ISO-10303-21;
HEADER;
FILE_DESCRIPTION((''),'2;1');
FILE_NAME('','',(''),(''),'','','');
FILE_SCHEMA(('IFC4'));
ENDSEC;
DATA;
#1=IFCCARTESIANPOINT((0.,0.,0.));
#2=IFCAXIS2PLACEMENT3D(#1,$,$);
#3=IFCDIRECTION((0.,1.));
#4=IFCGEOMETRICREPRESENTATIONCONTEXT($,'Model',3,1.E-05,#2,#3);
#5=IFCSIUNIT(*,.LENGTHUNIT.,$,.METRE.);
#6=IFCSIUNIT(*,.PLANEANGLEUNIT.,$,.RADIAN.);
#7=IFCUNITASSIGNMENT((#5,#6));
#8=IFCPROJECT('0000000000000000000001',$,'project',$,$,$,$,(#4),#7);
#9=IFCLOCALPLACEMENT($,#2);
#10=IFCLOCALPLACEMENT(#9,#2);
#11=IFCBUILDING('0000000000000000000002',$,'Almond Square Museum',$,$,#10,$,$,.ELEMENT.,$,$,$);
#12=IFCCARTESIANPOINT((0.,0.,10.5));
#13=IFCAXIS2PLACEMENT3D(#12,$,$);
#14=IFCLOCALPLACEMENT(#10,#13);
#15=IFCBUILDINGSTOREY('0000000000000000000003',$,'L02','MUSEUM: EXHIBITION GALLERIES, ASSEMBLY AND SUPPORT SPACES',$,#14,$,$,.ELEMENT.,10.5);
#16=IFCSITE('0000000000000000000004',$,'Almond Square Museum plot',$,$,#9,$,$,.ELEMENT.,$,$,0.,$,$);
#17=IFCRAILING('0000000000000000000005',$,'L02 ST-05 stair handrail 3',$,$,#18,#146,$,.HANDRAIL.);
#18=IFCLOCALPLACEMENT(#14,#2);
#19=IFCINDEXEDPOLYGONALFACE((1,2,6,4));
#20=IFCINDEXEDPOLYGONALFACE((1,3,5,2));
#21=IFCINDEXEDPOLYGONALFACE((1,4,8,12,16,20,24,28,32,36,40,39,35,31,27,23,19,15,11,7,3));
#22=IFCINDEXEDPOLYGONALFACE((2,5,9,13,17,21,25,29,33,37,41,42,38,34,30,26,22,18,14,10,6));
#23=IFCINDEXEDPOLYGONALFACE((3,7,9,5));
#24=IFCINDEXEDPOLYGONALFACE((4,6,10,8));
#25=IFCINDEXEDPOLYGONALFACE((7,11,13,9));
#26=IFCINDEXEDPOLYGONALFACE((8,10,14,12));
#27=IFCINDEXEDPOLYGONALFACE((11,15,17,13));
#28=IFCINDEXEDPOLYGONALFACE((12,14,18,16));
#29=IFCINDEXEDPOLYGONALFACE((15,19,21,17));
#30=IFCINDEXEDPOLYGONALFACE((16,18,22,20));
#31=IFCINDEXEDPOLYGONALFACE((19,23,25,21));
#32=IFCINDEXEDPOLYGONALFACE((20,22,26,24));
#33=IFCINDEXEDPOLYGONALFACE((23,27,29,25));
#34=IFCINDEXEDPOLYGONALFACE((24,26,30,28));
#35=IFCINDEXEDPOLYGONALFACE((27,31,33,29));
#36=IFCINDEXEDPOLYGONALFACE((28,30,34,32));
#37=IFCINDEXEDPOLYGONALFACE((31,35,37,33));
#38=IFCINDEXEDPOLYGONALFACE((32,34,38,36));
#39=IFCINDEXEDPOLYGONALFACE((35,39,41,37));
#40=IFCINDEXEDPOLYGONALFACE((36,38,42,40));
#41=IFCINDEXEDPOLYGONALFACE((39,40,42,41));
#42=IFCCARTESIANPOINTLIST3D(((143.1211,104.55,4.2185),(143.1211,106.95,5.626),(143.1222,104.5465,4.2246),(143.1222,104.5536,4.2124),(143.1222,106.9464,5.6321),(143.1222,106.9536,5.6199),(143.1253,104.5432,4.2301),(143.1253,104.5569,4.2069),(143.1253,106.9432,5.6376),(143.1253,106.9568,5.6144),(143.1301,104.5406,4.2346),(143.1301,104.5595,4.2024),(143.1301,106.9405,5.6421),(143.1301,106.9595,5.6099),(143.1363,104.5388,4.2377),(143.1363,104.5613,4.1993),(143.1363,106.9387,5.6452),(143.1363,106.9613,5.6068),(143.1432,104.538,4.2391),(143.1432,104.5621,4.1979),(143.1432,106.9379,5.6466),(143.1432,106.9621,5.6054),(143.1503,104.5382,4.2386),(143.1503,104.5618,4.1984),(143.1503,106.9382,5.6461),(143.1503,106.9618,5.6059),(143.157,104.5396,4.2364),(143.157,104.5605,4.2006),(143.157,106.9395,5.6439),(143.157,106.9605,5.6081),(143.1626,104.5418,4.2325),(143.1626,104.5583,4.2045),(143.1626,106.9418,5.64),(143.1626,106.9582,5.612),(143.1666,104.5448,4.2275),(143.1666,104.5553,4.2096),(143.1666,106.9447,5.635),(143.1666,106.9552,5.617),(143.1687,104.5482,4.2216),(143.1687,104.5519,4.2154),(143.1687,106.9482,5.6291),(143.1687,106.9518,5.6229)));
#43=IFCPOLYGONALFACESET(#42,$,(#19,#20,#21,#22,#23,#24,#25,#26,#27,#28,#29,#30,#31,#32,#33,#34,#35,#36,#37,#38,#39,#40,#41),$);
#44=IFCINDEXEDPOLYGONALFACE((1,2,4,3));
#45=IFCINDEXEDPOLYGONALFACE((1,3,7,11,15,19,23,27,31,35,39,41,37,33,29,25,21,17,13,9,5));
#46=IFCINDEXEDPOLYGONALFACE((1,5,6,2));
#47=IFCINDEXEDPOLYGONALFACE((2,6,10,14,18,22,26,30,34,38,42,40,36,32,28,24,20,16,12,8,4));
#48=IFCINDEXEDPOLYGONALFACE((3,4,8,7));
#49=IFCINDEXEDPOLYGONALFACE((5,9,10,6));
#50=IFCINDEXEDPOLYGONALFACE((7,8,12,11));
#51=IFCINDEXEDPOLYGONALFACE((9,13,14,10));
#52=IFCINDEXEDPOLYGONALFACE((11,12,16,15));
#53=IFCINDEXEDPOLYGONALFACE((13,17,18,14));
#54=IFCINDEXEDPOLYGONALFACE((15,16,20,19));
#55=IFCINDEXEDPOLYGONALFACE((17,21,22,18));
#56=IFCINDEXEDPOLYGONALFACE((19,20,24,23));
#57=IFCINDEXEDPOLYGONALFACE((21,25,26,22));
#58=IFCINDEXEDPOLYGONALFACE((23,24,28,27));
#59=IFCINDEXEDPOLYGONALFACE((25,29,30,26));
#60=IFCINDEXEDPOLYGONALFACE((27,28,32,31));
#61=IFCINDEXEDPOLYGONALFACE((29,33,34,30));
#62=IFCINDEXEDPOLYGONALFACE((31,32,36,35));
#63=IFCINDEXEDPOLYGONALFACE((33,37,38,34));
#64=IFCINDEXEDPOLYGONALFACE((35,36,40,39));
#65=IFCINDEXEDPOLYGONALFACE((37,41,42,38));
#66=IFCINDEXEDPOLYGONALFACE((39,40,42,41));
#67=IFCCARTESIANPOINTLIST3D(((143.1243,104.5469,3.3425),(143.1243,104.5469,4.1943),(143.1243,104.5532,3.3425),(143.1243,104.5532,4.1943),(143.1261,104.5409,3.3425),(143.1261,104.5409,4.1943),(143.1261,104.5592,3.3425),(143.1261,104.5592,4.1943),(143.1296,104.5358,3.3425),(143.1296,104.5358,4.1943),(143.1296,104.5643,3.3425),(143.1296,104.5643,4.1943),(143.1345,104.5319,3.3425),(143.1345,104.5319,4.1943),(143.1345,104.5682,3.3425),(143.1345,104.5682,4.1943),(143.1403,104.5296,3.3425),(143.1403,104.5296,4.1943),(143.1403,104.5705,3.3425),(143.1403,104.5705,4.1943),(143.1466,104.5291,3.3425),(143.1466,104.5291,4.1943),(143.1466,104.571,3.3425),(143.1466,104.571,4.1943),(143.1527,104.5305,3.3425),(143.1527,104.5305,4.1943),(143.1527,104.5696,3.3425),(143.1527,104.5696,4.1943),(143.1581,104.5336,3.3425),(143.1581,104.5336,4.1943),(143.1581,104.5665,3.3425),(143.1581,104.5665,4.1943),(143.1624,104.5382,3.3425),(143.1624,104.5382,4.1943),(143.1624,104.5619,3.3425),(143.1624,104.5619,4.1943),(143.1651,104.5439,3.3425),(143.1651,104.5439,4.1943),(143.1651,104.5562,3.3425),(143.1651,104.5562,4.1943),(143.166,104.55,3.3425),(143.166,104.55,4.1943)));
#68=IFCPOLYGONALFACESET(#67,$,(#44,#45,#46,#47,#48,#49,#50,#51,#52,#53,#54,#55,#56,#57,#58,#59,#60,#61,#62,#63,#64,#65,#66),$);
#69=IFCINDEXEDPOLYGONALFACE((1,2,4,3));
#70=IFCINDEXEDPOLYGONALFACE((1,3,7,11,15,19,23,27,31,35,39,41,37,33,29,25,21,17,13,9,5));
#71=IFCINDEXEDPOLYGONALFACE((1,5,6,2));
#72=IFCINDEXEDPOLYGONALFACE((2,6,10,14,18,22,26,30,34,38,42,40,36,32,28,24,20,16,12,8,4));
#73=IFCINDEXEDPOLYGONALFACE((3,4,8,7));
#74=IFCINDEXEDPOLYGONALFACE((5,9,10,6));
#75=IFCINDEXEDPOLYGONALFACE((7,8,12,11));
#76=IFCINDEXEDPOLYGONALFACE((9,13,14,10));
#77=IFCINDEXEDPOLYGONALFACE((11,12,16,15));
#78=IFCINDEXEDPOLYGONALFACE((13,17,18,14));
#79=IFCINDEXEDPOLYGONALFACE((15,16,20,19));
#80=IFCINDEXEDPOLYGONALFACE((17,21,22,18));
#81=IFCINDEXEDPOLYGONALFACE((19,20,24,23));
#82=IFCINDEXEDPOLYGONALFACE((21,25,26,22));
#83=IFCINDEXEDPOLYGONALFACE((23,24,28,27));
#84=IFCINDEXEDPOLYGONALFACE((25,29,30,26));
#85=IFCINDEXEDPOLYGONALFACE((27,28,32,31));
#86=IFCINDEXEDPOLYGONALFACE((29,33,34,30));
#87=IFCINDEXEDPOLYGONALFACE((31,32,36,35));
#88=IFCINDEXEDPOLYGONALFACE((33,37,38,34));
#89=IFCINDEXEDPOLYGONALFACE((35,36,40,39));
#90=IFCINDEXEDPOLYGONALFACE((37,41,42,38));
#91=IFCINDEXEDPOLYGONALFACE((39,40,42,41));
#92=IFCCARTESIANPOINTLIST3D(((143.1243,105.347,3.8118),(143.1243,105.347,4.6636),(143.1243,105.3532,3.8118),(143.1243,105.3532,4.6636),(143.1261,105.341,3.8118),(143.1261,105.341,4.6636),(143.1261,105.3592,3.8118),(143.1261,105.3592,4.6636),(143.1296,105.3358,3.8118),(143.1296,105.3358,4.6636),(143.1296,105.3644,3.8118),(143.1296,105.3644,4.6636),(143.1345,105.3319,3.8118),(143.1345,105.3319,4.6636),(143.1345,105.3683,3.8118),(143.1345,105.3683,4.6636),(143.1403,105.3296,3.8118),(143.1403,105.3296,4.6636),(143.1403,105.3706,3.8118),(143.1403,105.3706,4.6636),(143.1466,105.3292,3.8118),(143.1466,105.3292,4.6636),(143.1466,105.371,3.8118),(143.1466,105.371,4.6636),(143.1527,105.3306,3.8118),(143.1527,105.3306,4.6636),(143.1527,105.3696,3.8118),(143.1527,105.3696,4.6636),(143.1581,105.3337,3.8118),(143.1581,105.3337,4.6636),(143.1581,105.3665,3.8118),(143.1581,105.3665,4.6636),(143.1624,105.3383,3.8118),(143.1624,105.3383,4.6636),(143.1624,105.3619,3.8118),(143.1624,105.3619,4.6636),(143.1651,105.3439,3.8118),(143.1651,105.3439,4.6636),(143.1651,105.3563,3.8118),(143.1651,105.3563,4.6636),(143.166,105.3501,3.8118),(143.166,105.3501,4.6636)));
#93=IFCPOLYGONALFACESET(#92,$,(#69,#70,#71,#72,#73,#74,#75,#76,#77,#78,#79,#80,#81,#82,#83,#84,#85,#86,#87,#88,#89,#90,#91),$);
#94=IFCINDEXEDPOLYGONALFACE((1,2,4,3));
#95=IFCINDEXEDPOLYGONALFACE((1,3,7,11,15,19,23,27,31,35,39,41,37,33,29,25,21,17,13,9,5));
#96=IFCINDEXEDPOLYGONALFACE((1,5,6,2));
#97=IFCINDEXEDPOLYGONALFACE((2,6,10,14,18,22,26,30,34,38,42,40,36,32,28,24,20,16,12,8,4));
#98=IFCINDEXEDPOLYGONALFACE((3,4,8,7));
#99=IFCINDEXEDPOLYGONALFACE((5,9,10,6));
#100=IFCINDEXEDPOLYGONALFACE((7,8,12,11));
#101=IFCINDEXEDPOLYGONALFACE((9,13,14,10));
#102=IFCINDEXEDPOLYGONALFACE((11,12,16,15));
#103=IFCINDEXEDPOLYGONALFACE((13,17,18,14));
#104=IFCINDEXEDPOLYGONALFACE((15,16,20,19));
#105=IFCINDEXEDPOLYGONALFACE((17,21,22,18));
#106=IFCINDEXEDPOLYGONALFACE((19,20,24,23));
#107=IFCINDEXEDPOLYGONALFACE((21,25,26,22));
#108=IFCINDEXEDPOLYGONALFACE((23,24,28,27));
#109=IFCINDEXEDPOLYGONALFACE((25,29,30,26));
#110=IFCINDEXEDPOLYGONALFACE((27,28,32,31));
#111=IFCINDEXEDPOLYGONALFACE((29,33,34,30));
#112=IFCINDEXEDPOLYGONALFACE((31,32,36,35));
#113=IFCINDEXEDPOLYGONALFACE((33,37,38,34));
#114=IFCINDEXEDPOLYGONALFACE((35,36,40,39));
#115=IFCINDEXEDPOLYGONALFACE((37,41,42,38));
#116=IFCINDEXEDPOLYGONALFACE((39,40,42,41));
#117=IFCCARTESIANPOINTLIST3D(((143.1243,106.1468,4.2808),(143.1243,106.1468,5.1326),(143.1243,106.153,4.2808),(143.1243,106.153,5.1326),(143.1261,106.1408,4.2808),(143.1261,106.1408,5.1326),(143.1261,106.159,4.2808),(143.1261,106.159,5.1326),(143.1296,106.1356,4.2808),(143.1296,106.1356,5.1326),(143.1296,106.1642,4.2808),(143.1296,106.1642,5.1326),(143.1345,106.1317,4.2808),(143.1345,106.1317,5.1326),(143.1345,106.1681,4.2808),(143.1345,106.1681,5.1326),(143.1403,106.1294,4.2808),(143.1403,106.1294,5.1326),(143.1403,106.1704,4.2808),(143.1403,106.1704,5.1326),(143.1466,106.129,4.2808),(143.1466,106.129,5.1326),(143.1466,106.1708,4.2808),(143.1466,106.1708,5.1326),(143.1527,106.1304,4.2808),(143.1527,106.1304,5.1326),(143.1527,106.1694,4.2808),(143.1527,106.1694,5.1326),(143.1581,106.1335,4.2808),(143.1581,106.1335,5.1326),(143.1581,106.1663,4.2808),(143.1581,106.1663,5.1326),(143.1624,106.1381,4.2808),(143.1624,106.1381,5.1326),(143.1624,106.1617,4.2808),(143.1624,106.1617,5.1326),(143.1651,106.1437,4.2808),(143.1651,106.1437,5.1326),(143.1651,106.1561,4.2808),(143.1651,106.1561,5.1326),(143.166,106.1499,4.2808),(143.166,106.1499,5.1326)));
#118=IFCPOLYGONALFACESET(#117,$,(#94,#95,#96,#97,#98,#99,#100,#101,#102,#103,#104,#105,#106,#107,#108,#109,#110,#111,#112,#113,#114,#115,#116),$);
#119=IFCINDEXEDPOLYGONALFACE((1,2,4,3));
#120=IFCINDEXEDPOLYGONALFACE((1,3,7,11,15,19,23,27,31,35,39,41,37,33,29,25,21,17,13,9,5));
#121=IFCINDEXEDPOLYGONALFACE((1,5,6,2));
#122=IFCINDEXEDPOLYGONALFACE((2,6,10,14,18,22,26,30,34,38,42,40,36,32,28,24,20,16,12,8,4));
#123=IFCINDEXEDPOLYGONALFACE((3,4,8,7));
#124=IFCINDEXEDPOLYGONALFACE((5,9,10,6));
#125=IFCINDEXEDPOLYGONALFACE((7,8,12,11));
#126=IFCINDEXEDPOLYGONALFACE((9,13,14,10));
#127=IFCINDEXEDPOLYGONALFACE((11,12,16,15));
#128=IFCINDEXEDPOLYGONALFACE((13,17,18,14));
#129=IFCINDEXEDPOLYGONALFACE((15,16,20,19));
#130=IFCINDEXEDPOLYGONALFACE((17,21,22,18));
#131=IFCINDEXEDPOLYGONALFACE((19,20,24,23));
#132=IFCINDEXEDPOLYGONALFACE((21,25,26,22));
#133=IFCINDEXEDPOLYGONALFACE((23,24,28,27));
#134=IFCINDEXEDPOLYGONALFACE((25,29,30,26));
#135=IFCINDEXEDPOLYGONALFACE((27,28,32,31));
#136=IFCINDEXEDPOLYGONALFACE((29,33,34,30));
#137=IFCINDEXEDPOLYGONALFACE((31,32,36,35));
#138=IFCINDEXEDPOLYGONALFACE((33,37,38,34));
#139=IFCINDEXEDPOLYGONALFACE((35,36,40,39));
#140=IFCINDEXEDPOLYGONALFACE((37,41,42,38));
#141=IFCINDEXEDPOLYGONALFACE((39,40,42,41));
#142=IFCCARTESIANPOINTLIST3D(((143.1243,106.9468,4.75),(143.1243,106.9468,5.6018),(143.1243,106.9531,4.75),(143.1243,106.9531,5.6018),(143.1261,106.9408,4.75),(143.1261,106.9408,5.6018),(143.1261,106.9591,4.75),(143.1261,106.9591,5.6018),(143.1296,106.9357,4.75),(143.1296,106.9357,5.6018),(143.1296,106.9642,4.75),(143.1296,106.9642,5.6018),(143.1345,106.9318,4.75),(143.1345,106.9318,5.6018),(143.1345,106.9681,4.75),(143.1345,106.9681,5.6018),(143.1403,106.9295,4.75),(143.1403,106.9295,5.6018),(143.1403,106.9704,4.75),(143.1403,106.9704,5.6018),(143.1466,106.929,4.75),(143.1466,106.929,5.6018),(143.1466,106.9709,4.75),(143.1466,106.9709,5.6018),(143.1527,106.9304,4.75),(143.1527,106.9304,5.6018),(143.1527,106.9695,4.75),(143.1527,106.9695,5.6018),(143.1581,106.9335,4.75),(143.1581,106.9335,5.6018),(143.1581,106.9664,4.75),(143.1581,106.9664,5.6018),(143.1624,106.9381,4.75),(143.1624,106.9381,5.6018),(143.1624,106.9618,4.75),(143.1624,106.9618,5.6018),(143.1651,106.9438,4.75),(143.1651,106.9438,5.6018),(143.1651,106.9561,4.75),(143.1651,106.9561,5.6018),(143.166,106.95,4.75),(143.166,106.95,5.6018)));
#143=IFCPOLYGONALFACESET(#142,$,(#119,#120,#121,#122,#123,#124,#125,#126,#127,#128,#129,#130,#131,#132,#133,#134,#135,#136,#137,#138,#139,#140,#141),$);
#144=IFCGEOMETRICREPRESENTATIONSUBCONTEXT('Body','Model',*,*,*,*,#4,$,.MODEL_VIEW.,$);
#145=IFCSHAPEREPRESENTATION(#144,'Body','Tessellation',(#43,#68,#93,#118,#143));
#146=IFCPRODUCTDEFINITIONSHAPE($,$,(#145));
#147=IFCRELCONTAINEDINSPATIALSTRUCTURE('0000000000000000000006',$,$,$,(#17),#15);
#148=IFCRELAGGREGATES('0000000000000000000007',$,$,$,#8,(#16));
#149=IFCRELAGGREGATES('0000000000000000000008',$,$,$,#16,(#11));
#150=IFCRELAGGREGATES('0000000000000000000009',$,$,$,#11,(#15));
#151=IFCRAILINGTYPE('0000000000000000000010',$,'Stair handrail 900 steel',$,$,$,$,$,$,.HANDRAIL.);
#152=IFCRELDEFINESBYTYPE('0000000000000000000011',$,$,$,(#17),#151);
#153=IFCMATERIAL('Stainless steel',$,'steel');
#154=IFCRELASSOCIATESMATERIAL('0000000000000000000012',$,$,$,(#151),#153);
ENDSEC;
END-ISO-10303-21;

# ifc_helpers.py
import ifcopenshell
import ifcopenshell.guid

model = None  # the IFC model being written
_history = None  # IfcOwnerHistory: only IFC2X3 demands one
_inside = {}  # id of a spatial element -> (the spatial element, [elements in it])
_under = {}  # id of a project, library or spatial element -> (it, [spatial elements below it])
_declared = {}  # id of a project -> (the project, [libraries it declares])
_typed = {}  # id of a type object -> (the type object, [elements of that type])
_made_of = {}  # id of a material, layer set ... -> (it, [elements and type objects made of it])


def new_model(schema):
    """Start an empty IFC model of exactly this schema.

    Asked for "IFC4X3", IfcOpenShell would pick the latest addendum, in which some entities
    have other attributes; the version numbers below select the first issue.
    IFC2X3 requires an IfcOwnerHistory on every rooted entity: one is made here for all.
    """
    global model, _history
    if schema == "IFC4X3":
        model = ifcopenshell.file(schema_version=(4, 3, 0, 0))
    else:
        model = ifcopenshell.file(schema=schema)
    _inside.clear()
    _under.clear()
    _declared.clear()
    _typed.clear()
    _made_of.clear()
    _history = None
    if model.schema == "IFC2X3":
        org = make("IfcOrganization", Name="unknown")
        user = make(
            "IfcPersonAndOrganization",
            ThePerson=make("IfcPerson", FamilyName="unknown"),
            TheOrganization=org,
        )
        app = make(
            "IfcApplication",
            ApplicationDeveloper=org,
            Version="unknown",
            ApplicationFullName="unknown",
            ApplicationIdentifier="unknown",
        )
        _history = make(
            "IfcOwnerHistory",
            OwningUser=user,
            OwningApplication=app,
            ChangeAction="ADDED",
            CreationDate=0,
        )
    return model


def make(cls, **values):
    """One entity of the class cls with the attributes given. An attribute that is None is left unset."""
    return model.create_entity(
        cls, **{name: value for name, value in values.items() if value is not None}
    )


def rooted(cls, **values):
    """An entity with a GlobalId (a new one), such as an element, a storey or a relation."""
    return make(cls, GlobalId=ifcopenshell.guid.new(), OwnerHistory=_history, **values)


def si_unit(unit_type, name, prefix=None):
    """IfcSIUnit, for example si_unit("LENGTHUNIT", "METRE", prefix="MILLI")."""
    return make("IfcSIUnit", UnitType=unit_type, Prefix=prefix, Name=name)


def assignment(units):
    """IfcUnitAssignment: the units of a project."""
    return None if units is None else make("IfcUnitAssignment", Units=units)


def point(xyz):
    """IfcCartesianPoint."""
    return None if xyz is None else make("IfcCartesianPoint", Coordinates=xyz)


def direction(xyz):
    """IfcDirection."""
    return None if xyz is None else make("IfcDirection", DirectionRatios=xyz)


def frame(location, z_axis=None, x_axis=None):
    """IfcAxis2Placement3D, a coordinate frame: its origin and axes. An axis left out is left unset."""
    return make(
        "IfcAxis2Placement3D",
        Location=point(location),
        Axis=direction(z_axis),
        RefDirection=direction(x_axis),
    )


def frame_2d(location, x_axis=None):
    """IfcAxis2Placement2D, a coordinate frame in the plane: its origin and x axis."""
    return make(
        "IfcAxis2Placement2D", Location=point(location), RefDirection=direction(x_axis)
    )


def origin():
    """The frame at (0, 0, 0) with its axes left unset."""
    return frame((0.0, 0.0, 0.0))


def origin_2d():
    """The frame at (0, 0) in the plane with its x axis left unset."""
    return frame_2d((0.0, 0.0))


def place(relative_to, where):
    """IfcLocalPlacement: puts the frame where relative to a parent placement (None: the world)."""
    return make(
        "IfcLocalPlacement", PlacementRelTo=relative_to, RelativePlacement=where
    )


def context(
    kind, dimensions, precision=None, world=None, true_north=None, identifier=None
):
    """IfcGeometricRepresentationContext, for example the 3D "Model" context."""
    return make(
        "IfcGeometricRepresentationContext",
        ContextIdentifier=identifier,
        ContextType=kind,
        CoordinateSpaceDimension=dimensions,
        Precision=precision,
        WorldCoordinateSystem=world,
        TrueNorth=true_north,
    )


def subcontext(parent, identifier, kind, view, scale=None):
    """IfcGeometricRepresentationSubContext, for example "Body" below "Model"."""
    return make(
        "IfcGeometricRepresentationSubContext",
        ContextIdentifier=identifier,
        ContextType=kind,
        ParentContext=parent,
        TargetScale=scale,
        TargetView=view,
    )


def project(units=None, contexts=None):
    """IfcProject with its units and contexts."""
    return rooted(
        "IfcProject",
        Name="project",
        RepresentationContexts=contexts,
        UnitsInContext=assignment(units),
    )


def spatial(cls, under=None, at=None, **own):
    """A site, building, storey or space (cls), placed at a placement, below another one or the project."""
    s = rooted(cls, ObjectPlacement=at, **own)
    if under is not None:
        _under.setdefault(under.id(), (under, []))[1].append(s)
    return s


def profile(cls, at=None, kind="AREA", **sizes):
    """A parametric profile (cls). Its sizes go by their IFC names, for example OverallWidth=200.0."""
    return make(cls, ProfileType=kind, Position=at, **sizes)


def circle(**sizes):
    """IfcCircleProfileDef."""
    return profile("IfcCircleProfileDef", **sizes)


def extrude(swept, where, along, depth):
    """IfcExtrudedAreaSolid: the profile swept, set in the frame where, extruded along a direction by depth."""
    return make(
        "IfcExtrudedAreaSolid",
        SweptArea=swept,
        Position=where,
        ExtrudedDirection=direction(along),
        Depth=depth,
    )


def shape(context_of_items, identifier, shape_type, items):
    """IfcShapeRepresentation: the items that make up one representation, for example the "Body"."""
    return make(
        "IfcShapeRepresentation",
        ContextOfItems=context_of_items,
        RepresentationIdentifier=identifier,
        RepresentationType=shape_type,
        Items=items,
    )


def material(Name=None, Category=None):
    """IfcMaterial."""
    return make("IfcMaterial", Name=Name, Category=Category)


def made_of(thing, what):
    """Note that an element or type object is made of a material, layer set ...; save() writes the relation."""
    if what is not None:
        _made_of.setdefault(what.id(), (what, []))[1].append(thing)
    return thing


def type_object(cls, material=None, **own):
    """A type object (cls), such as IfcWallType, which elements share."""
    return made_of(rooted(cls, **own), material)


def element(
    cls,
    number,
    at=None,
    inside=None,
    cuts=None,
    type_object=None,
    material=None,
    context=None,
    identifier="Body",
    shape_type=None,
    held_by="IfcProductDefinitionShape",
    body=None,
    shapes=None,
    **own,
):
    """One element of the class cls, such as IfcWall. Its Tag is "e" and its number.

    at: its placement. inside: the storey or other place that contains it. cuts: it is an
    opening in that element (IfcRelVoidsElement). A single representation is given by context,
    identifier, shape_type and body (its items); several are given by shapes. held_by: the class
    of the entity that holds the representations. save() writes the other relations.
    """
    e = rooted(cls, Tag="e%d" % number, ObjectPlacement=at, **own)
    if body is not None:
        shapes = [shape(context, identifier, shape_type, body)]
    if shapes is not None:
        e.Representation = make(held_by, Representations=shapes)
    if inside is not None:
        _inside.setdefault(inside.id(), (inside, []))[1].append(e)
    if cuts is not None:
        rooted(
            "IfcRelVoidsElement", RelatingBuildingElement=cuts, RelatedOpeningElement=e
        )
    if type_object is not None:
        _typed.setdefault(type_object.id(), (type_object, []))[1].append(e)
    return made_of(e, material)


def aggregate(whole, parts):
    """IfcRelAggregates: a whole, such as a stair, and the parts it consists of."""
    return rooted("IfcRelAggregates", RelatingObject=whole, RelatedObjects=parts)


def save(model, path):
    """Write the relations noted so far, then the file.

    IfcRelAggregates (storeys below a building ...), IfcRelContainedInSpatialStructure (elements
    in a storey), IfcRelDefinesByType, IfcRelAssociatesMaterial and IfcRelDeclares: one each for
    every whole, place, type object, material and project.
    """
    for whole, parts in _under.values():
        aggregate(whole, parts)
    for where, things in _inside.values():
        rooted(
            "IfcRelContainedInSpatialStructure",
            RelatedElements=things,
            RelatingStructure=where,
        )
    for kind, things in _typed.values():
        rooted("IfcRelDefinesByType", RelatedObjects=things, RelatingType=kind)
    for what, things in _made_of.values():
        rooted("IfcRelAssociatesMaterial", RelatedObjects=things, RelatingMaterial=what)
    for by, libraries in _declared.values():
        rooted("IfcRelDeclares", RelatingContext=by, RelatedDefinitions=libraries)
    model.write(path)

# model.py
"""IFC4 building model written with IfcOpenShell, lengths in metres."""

from ifc_helpers import new_model, si_unit, direction, frame, origin, origin_2d, place, context, subcontext, project, spatial, circle, extrude, material, type_object, element, save


model = new_model("IFC4")

# Units and contexts
model_context = context("Model", 3, precision=1e-05, world=origin(), true_north=direction((0.0, 1.0)))
body_context = subcontext(model_context, "Body", "Model", "MODEL_VIEW")
ifc_project = project(units=[si_unit("LENGTHUNIT", "METRE"), si_unit("PLANEANGLEUNIT", "RADIAN")], contexts=[model_context])

# Site, building, storey
site_placement = place(None, origin())
site = spatial("IfcSite", under=ifc_project, at=site_placement, Name="Almond Square Museum plot", CompositionType="ELEMENT", RefElevation=0.0)
building_placement = place(site_placement, origin())
building = spatial("IfcBuilding", under=site, at=building_placement, Name="Almond Square Museum", CompositionType="ELEMENT")
storey_placement = place(building_placement, frame((0.0, 0.0, 10.5)))
storey = spatial("IfcBuildingStorey", under=building, at=storey_placement, Name="L02", Description="MUSEUM: EXHIBITION GALLERIES, ASSEMBLY AND SUPPORT SPACES", CompositionType="ELEMENT", Elevation=10.5)

# Railing
ifc_material_1 = material(Name="Stainless steel", Category="steel")
railing_type_1 = type_object("IfcRailingType", Name="Stair handrail 900 steel", PredefinedType="HANDRAIL", material=ifc_material_1)
railing_1_placement = place(storey_placement, frame((143.145, 104.55, 3.3425)))
element("IfcRailing", 1, at=railing_1_placement, inside=storey, type_object=railing_type_1, Name="L02 ST-05 stair handrail 3", PredefinedType="HANDRAIL", context=body_context, shape_type="SweptSolid", body=[
    extrude(circle(Radius=0.0239, at=origin_2d()), frame((0.0, 0.0, 0.876), z_axis=(0.0, 0.862599, 0.505888), x_axis=(-1.0, 0.0, 0.0)), (0.0, 0.0, 1.0), 2.7822),
    extrude(circle(Radius=0.021, at=origin_2d()), origin(), (0.0, 0.0, 1.0), 0.8518),
    extrude(circle(Radius=0.021, at=origin_2d()), frame((0.0, 0.8, 0.4692)), (0.0, 0.0, 1.0), 0.8518),
    extrude(circle(Radius=0.021, at=origin_2d()), frame((0.0, 1.5999, 0.9382)), (0.0, 0.0, 1.0), 0.8518),
    extrude(circle(Radius=0.021, at=origin_2d()), frame((0.0, 2.3999, 1.4075)), (0.0, 0.0, 1.0), 0.8518),
])

save(model, "model.ifc")
